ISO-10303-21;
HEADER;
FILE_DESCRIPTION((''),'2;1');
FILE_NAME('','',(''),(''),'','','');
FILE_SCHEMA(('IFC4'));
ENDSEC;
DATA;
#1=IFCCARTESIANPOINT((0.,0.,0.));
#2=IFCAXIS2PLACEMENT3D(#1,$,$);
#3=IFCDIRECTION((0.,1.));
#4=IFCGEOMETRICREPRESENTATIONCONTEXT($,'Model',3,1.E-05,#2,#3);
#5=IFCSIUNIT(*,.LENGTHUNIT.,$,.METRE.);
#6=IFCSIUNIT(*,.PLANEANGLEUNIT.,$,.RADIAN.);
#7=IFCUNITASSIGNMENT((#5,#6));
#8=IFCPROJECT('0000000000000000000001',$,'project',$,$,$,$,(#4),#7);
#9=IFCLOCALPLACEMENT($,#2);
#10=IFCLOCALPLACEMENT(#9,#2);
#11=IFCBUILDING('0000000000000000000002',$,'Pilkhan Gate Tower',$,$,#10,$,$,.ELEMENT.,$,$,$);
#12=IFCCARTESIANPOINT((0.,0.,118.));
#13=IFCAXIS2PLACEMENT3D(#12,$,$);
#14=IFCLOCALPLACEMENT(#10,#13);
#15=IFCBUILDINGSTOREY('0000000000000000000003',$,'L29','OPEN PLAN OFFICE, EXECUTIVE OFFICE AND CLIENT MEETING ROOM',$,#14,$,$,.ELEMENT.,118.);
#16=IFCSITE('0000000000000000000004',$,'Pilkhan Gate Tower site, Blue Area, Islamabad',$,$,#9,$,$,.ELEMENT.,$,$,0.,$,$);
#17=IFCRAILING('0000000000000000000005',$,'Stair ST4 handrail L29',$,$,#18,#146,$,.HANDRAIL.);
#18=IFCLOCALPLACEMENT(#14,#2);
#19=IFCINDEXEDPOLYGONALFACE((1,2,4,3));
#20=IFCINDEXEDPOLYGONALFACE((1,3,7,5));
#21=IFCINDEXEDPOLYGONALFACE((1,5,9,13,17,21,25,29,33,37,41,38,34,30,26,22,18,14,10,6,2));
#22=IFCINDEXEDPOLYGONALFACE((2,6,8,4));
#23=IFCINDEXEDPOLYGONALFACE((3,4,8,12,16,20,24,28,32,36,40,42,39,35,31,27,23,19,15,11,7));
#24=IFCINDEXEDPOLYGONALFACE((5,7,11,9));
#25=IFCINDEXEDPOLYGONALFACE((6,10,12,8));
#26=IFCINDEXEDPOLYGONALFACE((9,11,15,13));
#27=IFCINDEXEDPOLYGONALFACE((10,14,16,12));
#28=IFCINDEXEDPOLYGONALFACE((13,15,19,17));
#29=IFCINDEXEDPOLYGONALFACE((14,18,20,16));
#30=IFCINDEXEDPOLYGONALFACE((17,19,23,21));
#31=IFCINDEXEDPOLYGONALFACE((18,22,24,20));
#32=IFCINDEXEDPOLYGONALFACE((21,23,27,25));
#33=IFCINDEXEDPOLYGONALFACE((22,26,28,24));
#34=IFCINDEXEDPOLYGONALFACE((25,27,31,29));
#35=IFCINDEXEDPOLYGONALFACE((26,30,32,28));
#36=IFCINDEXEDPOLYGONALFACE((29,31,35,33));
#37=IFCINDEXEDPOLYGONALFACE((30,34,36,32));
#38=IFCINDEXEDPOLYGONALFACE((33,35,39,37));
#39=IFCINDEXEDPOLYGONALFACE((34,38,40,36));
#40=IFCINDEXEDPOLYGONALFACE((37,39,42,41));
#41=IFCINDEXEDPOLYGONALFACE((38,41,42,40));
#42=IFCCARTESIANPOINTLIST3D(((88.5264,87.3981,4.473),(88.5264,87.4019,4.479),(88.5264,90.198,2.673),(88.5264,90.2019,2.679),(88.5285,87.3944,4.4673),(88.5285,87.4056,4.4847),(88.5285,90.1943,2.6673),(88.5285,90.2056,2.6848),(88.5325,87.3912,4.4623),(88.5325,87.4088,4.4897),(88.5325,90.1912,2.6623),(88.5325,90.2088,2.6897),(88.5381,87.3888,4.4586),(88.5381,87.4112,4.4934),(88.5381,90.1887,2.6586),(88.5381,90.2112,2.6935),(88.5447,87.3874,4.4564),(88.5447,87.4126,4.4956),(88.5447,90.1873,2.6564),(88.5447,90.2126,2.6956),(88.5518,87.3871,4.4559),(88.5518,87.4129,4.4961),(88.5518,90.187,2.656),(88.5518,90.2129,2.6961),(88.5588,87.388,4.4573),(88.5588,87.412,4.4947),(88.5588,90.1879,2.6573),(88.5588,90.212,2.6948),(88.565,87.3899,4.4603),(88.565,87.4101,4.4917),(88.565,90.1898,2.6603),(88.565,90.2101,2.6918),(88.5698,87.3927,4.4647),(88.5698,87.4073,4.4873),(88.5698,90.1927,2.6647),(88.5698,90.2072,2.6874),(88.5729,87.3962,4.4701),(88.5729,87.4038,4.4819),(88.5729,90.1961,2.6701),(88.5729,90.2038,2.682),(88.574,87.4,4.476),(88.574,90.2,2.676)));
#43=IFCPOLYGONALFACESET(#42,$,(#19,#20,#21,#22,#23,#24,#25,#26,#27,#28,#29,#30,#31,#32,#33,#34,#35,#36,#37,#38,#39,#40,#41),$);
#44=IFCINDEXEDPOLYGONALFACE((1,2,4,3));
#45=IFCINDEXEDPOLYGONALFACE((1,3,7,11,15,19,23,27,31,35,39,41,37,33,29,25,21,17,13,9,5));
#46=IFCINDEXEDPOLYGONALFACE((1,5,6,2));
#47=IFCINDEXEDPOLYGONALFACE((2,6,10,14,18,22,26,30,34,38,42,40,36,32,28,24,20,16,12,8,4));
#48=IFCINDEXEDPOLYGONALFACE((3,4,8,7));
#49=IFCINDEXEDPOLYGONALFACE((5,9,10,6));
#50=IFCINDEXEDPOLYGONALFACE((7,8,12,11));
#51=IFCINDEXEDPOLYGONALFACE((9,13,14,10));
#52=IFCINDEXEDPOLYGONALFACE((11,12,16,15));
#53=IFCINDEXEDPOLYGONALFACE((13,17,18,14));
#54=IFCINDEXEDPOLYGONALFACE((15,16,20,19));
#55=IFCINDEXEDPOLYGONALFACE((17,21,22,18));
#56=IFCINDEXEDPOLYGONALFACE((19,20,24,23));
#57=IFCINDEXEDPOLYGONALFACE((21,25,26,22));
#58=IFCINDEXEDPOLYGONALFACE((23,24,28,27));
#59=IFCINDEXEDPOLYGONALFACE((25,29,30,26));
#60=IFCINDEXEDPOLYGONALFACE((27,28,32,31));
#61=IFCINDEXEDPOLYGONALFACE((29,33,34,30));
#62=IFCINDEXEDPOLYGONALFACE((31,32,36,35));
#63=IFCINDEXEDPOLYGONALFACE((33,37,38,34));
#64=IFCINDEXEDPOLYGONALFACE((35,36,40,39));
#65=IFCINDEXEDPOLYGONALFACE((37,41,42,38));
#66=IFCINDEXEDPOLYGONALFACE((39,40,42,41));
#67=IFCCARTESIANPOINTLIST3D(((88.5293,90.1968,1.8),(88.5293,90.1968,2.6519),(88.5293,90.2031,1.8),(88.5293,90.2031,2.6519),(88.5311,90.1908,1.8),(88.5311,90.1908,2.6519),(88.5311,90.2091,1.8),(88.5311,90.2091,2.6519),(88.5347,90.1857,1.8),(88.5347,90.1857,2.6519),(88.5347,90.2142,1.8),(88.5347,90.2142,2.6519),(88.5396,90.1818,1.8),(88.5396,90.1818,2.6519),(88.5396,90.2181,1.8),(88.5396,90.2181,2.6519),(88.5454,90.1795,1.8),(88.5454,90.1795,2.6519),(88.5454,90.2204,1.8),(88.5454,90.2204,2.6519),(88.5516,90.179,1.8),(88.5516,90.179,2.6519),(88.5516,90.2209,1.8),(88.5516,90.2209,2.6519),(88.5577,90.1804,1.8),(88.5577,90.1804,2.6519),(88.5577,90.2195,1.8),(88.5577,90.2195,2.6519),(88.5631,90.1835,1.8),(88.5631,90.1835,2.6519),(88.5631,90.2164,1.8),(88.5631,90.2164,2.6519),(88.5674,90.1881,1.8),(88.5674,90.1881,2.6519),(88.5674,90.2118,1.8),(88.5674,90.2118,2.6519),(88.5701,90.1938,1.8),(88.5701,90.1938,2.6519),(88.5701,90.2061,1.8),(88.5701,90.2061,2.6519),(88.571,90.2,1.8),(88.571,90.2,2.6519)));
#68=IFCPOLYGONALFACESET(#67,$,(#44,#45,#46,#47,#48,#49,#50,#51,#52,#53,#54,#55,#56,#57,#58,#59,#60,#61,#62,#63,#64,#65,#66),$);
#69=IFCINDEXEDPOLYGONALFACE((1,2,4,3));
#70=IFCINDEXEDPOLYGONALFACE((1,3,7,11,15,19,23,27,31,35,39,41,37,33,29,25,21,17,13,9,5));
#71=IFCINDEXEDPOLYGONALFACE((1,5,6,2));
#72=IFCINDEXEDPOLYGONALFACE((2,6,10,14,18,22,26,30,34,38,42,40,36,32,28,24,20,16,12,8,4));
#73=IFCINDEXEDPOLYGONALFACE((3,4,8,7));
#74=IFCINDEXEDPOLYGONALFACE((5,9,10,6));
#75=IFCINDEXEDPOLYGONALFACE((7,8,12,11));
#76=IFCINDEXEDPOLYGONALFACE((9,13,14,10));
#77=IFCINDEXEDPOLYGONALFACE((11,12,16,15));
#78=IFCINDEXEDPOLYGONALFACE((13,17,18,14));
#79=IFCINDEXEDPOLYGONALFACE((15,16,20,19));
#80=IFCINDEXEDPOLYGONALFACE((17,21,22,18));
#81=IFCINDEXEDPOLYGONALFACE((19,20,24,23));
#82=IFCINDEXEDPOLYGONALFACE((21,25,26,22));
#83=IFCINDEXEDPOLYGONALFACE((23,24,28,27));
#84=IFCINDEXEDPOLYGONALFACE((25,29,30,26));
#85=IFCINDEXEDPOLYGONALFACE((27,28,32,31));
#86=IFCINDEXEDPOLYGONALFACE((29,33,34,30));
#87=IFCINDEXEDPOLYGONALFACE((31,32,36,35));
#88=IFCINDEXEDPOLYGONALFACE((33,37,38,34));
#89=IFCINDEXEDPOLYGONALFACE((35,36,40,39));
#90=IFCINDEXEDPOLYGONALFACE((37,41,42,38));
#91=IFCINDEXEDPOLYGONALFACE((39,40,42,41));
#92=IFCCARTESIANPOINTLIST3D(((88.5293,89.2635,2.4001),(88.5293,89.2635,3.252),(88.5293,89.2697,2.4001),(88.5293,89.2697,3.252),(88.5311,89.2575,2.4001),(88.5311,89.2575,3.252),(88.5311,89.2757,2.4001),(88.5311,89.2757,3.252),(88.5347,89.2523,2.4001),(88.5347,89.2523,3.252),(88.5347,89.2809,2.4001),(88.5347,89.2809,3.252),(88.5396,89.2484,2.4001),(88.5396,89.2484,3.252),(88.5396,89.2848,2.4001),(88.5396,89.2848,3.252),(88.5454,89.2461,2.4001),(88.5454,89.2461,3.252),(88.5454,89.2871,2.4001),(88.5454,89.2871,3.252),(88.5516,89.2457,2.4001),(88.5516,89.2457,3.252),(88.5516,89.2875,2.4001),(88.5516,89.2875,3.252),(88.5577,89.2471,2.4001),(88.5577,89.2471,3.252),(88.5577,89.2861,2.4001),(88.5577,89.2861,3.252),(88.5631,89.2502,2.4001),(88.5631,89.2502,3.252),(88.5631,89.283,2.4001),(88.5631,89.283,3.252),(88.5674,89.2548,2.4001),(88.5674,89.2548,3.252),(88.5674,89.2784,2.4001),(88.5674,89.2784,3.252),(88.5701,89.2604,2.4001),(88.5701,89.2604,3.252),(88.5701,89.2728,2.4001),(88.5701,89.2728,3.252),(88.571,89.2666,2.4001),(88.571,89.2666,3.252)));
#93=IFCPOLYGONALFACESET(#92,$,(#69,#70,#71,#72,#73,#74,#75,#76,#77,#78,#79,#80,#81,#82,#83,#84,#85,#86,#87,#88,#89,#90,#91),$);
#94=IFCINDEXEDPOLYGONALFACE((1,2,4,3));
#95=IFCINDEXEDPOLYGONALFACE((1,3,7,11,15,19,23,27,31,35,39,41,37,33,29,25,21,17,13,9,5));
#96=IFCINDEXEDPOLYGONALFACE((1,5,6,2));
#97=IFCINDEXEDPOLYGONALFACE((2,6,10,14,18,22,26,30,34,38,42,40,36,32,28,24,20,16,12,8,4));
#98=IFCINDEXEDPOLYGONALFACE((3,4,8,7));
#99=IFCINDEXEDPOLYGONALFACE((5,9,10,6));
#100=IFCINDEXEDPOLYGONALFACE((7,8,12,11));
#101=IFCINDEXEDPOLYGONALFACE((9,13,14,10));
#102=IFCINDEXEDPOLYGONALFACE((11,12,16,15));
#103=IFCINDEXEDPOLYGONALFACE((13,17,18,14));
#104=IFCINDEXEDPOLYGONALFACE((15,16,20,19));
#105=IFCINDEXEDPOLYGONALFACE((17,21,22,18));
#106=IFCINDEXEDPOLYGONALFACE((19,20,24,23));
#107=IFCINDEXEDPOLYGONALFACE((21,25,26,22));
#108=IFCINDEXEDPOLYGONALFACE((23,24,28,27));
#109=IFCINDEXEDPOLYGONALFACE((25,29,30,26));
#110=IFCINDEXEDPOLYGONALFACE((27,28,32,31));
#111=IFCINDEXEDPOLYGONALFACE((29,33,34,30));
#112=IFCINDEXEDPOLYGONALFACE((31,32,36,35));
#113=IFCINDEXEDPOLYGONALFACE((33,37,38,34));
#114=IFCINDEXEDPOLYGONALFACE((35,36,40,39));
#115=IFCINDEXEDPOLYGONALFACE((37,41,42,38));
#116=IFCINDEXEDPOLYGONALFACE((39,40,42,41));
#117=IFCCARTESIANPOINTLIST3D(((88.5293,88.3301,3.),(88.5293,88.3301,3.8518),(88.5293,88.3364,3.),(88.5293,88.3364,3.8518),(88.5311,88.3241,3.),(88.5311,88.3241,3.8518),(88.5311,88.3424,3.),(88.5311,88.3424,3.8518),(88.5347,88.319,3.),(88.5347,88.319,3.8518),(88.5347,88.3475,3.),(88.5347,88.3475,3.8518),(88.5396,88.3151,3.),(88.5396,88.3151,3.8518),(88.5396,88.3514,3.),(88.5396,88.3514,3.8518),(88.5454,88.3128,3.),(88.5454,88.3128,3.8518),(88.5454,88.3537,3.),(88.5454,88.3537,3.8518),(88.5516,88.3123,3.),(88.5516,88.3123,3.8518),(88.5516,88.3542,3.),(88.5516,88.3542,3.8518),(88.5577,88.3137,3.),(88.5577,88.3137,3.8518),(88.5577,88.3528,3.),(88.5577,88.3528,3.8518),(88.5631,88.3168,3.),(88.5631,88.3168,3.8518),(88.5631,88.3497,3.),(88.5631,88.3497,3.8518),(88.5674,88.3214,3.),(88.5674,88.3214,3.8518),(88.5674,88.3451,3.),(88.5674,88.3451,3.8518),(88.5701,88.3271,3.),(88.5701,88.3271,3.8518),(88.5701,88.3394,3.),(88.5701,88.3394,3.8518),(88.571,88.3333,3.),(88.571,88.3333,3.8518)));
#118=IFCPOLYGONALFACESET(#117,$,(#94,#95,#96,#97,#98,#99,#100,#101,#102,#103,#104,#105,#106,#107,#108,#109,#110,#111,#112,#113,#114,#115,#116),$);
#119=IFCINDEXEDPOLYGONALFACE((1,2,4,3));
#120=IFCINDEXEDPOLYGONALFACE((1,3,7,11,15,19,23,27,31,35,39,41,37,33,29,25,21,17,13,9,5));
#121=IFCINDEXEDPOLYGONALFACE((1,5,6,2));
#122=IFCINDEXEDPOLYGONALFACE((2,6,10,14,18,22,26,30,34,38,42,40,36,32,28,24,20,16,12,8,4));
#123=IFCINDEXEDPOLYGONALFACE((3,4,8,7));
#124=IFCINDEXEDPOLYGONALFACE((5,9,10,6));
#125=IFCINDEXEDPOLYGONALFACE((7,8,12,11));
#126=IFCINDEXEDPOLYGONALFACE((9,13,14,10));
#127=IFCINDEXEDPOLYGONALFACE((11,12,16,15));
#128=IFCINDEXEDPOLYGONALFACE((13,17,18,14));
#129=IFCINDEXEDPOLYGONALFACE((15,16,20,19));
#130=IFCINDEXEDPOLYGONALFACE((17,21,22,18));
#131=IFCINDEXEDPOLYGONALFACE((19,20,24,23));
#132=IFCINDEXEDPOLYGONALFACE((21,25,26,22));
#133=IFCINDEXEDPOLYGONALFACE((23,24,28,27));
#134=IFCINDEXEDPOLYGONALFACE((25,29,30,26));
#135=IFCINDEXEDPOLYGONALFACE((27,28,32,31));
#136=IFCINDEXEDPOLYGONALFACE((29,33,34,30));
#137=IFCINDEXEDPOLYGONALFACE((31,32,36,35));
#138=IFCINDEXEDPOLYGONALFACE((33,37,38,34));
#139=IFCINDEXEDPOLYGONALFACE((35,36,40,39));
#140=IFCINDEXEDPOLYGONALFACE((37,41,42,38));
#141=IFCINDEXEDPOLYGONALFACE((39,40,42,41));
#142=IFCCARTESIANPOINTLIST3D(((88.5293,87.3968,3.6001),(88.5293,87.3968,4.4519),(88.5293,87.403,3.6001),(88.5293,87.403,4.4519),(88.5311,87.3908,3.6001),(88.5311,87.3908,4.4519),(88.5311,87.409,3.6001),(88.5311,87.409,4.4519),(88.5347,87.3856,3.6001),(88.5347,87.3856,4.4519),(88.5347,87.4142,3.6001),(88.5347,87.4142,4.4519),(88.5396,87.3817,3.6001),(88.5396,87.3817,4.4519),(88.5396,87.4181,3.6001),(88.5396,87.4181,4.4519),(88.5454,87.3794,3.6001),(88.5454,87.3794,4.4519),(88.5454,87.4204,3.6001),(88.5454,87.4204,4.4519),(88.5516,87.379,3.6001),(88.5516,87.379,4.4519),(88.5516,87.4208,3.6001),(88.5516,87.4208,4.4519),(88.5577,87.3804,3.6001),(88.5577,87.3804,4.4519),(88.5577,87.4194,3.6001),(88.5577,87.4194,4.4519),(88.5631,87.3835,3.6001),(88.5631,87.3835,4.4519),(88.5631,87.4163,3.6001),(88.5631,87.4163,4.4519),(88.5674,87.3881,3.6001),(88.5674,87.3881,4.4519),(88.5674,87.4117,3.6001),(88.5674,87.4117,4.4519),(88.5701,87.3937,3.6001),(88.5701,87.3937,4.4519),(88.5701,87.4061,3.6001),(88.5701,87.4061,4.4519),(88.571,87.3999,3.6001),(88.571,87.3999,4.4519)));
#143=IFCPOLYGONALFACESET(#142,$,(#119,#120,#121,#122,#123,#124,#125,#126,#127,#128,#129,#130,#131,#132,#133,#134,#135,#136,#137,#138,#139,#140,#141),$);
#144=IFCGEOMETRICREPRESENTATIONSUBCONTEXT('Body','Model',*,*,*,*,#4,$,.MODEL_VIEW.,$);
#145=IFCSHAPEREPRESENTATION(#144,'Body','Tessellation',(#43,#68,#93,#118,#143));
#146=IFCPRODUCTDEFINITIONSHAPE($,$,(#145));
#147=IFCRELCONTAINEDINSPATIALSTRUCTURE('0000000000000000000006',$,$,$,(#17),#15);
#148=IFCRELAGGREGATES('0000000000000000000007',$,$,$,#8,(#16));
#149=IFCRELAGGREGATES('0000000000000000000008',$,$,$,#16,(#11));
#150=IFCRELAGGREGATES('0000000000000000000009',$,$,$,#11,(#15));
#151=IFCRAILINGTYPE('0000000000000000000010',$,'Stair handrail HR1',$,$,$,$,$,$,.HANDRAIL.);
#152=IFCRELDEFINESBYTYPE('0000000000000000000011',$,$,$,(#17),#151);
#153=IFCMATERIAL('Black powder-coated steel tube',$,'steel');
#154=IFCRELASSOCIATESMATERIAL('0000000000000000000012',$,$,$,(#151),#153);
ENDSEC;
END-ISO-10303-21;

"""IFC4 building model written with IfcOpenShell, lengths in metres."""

from ifc_helpers import new_model, si_unit, direction, frame, origin, origin_2d, place, context, subcontext, project, spatial, circle, extrude, material, type_object, element, save


model = new_model("IFC4")

# Units and contexts
model_context = context("Model", 3, precision=1e-05, world=origin(), true_north=direction((0.0, 1.0)))
body_context = subcontext(model_context, "Body", "Model", "MODEL_VIEW")
ifc_project = project(units=[si_unit("LENGTHUNIT", "METRE"), si_unit("PLANEANGLEUNIT", "RADIAN")], contexts=[model_context])

# Site, building, storey
site_placement = place(None, origin())
site = spatial("IfcSite", under=ifc_project, at=site_placement, Name="Pilkhan Gate Tower site, Blue Area, Islamabad", CompositionType="ELEMENT", RefElevation=0.0)
building_placement = place(site_placement, origin())
building = spatial("IfcBuilding", under=site, at=building_placement, Name="Pilkhan Gate Tower", CompositionType="ELEMENT")
storey_placement = place(building_placement, frame((0.0, 0.0, 118.0)))
storey = spatial("IfcBuildingStorey", under=building, at=storey_placement, Name="L29", Description="OPEN PLAN OFFICE, EXECUTIVE OFFICE AND CLIENT MEETING ROOM", CompositionType="ELEMENT", Elevation=118.0)

# Railing
ifc_material_1 = material(Name="Black powder-coated steel tube", Category="steel")
railing_type_1 = type_object("IfcRailingType", Name="Stair handrail HR1", PredefinedType="HANDRAIL", material=ifc_material_1)
railing_1_placement = place(storey_placement, frame((88.55, 90.2, 1.8)))
element("IfcRailing", 1, at=railing_1_placement, inside=storey, type_object=railing_type_1, Name="Stair ST4 handrail L29", PredefinedType="HANDRAIL", context=body_context, shape_type="SweptSolid", body=[
    extrude(circle(Radius=0.0239, at=origin_2d()), frame((0.0, 0.0, 0.876), z_axis=(0.0, -0.841176, 0.540761), x_axis=(1.0, 0.0, 0.0)), (0.0, 0.0, 1.0), 3.3286),
    extrude(circle(Radius=0.021, at=origin_2d()), origin(), (0.0, 0.0, 1.0), 0.8518),
    extrude(circle(Radius=0.021, at=origin_2d()), frame((0.0, -0.9333, 0.6001)), (0.0, 0.0, 1.0), 0.8518),
    extrude(circle(Radius=0.021, at=origin_2d()), frame((0.0, -1.8667, 1.2)), (0.0, 0.0, 1.0), 0.8518),
    extrude(circle(Radius=0.021, at=origin_2d()), frame((0.0, -2.8, 1.8)), (0.0, 0.0, 1.0), 0.8518),
])

save(model, "model.ifc")
